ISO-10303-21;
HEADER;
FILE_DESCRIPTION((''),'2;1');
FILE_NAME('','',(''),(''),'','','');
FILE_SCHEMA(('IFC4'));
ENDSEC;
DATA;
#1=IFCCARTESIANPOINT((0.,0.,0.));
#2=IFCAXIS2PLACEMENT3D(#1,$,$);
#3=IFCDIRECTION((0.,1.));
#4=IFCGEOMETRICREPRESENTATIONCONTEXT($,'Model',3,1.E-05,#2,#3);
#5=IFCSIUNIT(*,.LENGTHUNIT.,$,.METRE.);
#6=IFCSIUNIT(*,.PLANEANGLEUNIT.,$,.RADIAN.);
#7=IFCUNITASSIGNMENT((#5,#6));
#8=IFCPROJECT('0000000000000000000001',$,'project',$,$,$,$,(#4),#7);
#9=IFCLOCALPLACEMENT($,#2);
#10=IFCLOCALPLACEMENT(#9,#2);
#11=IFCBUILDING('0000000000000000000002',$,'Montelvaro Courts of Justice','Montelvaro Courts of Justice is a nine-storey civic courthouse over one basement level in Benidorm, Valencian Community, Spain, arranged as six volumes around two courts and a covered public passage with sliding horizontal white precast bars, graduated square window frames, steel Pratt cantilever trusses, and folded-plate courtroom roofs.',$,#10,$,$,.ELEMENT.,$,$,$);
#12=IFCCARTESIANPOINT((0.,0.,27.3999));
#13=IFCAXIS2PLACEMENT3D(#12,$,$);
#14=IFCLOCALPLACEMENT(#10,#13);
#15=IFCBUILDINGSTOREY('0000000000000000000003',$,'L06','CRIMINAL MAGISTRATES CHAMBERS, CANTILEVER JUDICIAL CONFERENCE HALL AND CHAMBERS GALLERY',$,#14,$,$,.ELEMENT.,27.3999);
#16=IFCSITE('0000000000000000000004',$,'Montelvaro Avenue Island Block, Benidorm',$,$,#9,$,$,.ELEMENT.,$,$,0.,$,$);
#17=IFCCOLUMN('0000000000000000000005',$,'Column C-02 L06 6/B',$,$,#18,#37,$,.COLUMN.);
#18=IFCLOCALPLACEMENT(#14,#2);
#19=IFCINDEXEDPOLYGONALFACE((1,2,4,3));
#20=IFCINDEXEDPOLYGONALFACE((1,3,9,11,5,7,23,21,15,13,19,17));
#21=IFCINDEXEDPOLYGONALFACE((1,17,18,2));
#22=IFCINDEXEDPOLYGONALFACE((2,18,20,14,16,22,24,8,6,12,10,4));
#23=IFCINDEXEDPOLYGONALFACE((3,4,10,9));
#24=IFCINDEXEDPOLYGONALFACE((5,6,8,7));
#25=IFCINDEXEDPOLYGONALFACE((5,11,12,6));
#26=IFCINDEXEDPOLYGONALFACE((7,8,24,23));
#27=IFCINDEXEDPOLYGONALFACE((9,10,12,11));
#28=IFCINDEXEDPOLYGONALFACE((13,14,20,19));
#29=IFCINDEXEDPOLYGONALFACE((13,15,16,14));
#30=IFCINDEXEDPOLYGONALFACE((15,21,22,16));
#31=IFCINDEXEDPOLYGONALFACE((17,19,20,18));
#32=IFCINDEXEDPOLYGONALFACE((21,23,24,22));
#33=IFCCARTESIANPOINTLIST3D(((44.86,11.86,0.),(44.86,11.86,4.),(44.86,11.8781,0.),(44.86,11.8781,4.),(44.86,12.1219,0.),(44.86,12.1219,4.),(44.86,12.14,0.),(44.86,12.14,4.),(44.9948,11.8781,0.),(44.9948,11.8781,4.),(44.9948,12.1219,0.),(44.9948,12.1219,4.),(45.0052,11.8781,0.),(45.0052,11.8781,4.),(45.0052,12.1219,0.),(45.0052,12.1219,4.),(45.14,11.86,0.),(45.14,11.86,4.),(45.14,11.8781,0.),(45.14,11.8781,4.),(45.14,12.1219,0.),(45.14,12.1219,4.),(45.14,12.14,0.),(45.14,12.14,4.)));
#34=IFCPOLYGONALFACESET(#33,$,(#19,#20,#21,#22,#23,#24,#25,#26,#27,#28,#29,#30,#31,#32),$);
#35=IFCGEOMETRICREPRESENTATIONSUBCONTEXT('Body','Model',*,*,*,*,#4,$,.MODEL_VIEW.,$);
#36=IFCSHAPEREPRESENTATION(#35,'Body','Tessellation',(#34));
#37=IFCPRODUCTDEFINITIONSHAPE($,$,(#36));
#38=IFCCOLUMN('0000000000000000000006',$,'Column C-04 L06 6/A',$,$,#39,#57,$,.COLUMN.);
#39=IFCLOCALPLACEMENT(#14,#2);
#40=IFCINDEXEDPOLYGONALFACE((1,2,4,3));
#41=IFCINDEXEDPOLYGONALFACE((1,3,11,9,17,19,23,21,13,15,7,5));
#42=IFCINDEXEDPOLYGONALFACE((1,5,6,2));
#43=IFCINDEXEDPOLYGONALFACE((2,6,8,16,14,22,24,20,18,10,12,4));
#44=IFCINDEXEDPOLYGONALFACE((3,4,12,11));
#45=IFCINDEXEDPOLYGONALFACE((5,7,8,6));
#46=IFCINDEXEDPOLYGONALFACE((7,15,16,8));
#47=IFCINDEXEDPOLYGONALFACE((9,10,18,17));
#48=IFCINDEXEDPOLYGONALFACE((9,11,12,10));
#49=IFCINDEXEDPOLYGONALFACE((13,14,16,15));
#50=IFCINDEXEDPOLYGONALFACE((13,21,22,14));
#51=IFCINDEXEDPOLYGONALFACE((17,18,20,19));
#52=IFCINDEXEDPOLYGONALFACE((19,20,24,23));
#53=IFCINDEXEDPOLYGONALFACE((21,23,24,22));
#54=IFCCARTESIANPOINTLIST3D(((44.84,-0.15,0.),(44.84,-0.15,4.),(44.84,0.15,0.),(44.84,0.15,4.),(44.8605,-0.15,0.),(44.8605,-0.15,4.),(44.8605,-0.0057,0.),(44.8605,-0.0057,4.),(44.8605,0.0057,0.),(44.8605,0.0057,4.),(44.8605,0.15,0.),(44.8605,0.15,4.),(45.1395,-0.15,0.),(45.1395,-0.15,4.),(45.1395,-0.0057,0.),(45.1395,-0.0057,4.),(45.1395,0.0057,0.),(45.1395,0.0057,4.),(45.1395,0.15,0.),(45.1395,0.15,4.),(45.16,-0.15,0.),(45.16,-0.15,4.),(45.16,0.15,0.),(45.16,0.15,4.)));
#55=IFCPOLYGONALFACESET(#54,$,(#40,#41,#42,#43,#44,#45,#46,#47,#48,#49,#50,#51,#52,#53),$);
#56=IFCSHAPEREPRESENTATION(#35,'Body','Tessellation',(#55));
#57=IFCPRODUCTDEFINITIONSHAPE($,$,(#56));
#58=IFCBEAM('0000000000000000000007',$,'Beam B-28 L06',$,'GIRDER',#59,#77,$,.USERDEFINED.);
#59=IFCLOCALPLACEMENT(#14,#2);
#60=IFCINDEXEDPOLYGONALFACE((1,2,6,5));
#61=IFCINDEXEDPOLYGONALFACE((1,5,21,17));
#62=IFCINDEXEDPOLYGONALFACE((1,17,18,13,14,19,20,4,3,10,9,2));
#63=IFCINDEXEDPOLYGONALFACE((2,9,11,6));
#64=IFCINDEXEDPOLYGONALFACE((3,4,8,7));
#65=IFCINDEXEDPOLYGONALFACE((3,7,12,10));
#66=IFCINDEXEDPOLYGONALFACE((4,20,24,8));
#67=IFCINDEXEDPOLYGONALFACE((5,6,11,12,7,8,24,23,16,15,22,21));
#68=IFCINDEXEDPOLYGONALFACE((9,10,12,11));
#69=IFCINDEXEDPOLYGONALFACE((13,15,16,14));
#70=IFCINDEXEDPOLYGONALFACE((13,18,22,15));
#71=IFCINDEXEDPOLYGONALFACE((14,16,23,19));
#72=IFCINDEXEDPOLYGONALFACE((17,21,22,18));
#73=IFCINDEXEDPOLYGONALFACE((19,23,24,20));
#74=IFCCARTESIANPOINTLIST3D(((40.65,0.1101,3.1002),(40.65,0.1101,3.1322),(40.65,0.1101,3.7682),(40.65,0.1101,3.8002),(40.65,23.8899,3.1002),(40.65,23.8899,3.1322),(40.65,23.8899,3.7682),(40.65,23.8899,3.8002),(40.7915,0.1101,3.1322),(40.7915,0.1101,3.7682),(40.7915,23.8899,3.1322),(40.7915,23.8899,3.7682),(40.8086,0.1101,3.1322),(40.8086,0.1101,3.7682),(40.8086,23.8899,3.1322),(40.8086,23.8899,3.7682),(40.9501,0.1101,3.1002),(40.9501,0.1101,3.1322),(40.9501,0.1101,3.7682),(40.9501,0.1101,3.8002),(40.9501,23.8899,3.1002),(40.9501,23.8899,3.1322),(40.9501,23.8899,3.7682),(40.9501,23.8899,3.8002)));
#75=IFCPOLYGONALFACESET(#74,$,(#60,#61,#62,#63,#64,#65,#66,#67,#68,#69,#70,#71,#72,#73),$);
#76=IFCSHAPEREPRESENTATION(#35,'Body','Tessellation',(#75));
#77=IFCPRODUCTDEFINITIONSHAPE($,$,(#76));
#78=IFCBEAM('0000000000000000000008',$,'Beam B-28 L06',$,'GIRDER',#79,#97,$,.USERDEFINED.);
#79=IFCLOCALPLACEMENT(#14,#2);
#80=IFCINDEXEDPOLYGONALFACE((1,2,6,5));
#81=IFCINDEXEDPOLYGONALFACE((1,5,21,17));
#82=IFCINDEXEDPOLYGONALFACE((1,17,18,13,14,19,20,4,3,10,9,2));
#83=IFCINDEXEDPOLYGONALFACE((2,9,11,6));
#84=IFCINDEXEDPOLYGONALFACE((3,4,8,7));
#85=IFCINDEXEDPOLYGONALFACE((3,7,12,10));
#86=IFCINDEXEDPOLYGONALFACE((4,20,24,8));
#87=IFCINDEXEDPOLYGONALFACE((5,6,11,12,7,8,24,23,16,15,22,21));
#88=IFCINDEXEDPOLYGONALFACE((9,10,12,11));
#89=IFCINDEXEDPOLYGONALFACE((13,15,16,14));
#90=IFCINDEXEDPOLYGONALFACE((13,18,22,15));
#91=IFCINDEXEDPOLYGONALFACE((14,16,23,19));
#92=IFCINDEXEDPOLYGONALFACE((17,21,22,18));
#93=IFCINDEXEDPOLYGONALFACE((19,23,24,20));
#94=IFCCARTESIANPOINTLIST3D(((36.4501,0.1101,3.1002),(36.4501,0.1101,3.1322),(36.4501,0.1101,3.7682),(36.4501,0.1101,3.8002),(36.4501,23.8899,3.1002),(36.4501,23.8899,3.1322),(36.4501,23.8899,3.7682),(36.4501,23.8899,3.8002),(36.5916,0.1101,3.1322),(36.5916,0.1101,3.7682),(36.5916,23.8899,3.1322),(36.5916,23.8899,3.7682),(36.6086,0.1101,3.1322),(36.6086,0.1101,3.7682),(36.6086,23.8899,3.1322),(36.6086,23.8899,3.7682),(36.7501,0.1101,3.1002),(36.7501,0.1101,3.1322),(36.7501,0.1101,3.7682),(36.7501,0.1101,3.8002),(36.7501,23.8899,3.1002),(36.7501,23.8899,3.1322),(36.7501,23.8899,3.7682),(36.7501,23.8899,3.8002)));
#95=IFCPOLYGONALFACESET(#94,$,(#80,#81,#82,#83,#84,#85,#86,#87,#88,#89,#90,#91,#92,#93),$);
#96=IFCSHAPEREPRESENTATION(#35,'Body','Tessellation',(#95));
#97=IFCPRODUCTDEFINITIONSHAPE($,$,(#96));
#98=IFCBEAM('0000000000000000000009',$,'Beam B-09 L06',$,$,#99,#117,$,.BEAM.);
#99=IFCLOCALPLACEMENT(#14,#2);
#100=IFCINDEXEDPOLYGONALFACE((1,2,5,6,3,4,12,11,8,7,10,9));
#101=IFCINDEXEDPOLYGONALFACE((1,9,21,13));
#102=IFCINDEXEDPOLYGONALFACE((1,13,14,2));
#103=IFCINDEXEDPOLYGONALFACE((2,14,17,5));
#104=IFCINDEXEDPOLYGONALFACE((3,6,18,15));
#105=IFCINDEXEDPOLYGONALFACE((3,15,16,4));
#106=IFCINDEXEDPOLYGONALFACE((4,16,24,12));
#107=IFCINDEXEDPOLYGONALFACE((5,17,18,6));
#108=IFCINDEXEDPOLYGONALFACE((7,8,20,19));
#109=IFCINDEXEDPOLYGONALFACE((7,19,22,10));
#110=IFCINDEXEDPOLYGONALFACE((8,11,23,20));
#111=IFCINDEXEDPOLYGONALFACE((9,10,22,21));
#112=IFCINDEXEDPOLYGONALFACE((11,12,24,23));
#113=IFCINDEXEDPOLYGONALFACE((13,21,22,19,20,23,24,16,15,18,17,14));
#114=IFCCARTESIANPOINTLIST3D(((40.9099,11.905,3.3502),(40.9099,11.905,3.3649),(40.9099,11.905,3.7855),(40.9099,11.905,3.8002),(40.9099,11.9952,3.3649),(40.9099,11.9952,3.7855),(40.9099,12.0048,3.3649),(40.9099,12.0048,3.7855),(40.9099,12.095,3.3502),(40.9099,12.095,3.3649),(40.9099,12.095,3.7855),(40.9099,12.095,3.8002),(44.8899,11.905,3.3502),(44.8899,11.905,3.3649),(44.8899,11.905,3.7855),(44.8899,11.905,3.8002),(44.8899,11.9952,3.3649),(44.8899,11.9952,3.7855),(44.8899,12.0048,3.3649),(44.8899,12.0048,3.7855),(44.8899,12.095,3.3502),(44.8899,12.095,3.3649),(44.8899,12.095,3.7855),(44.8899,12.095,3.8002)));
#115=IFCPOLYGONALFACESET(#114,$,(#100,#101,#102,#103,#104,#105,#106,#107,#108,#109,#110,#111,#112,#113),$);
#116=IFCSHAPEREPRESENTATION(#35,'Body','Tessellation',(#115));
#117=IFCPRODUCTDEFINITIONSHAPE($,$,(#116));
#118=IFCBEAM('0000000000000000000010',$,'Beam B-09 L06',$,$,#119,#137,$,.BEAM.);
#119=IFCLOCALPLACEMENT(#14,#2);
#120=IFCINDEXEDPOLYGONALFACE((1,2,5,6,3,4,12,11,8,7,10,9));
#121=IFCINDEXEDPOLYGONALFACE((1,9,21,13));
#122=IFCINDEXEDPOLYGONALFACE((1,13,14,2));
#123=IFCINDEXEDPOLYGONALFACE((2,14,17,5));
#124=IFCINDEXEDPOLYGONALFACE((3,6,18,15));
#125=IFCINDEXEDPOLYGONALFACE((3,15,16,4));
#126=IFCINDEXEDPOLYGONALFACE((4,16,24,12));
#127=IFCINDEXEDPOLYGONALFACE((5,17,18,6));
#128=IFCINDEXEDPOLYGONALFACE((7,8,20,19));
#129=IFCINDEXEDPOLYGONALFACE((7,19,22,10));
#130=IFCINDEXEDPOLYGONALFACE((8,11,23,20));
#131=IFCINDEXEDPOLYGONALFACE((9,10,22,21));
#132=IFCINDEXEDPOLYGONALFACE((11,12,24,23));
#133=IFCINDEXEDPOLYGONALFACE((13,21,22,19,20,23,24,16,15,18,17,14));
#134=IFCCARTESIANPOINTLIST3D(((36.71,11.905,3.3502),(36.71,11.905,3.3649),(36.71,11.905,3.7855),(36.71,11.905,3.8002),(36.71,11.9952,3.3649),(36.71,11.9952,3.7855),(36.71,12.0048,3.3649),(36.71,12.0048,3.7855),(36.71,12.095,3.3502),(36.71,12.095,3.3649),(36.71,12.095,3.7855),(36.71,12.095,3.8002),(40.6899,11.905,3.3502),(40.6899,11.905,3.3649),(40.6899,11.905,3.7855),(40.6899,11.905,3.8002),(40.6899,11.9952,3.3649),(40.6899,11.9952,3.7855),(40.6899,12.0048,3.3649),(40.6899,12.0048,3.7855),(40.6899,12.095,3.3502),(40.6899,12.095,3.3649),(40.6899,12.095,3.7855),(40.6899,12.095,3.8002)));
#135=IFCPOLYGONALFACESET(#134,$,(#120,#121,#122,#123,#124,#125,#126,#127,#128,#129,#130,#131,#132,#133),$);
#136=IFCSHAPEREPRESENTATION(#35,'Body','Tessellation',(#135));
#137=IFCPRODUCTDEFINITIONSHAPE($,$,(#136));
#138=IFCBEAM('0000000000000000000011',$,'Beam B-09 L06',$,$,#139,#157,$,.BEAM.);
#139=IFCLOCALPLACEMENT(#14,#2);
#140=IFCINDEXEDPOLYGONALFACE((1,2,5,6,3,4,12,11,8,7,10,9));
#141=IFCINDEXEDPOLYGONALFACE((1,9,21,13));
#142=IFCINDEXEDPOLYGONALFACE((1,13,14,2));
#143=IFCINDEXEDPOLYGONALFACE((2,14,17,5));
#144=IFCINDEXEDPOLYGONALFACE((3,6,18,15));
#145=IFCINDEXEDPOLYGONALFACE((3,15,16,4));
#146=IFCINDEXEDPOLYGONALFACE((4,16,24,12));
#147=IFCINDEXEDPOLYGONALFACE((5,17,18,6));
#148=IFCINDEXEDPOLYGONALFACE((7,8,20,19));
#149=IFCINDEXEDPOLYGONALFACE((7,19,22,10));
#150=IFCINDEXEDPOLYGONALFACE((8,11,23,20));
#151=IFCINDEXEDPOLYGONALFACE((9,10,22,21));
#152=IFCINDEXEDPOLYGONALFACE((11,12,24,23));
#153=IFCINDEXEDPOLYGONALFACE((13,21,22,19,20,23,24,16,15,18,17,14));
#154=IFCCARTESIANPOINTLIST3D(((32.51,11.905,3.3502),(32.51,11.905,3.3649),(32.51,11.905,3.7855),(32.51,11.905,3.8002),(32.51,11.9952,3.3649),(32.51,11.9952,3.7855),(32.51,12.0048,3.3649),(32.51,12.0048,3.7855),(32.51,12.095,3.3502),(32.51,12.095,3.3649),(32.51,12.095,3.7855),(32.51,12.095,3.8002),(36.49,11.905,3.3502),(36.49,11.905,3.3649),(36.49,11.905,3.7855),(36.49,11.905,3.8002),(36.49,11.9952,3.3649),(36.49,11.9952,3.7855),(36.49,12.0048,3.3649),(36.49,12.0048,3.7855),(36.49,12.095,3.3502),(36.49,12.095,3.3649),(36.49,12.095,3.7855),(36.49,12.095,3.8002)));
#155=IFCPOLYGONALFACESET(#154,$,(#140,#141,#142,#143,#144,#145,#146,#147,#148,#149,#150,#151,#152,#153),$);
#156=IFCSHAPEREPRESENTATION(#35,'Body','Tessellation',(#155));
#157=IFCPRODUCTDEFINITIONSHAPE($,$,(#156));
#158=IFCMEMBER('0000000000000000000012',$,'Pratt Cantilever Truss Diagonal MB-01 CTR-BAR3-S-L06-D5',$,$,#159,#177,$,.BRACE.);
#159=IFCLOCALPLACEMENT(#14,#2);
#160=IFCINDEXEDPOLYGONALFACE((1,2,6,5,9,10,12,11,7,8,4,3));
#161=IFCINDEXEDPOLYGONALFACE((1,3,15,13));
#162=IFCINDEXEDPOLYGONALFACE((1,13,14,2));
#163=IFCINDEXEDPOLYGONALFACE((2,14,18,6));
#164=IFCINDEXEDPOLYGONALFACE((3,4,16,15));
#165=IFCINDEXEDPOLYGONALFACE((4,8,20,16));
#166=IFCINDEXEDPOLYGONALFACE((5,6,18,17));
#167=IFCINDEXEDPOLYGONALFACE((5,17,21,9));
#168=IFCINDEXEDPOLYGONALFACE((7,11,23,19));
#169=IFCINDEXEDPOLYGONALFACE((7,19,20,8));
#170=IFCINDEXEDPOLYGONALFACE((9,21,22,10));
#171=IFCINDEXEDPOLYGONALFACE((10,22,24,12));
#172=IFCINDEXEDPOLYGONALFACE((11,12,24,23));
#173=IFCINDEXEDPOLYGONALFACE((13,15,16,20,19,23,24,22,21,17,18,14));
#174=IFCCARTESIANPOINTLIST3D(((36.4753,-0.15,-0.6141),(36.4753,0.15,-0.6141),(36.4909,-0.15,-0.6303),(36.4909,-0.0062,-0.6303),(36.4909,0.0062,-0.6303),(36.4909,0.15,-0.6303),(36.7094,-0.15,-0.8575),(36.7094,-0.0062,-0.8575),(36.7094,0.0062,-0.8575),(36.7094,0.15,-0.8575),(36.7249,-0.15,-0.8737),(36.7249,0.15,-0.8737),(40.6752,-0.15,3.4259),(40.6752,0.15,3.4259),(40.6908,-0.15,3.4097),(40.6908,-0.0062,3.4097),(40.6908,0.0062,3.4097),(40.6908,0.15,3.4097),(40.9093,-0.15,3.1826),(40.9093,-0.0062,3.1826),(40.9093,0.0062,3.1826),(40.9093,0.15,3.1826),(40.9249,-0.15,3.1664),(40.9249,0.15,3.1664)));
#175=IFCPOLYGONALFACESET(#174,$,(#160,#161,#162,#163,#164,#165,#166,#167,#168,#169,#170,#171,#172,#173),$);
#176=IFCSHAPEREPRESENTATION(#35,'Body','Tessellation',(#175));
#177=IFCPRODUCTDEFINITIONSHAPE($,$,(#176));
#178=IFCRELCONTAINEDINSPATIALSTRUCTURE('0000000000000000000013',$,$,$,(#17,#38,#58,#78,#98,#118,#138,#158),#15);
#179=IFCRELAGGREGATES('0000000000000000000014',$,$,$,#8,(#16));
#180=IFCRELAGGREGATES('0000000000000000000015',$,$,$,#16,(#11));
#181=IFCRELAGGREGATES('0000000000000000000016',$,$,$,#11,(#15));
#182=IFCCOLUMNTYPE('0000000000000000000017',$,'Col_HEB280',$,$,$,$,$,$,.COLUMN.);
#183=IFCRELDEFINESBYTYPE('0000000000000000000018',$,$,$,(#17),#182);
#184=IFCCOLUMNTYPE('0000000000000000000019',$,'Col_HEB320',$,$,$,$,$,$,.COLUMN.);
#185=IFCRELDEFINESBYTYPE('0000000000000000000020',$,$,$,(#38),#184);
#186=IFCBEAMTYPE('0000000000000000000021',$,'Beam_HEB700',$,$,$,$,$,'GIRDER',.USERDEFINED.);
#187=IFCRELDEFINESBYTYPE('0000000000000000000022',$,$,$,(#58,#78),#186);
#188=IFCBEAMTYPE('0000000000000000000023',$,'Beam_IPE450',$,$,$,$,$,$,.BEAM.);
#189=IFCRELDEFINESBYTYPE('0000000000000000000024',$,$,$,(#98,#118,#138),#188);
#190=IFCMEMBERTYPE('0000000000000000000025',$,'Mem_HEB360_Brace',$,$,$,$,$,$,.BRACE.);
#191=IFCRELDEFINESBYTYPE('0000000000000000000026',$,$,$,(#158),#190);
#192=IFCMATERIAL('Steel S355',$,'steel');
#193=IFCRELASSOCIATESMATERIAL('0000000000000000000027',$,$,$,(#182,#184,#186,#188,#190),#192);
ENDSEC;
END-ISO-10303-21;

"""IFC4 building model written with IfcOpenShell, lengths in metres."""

from ifc_helpers import new_model, si_unit, direction, frame, origin, origin_2d, place, context, subcontext, project, spatial, i_section, extrude, material, material_profile, profile_set, type_object, element, save


model = new_model("IFC4")

# Units and contexts
model_context = context("Model", 3, precision=1e-05, world=origin(), true_north=direction((0.0, 1.0)))
body_context = subcontext(model_context, "Body", "Model", "MODEL_VIEW")
ifc_project = project(units=[si_unit("LENGTHUNIT", "METRE"), si_unit("PLANEANGLEUNIT", "RADIAN")], contexts=[model_context])

# Site, building, storey
site_placement = place(None, origin())
site = spatial("IfcSite", under=ifc_project, at=site_placement, Name="Montelvaro Avenue Island Block, Benidorm", CompositionType="ELEMENT", RefElevation=0.0)
building_placement = place(site_placement, origin())
building = spatial("IfcBuilding", under=site, at=building_placement, Name="Montelvaro Courts of Justice", Description="Montelvaro Courts of Justice is a nine-storey civic courthouse over one basement level in Benidorm, Valencian Community, Spain, arranged as six volumes around two courts and a covered public passage with sliding horizontal white precast bars, graduated square window frames, steel Pratt cantilever trusses, and folded-plate courtroom roofs.", CompositionType="ELEMENT")
storey_placement = place(building_placement, frame((0.0, 0.0, 27.3999)))
storey = spatial("IfcBuildingStorey", under=building, at=storey_placement, Name="L06", Description="CRIMINAL MAGISTRATES CHAMBERS, CANTILEVER JUDICIAL CONFERENCE HALL AND CHAMBERS GALLERY", CompositionType="ELEMENT", Elevation=27.3999)

# Columns
ifc_material_1 = material(Name="Steel S355", Category="steel")
ifc_material_profile_1 = material_profile(ifc_material_1, i_section(OverallWidth=0.28, OverallDepth=0.28, WebThickness=0.0105, FlangeThickness=0.0181, at=origin_2d()), Name="HEB 280")
ifc_profile_set_1 = profile_set([ifc_material_profile_1], Name="Steel S355")
column_type_1 = type_object("IfcColumnType", Name="Col_HEB280", PredefinedType="COLUMN", material=ifc_profile_set_1)
column_1_placement = place(storey_placement, frame((45.0, 12.0, 0.0), z_axis=(0.0, 0.0, 1.0), x_axis=(1.0, 0.0, 0.0)))
element("IfcColumn", 1, at=column_1_placement, inside=storey, type_object=column_type_1, Name="Column C-02 L06 6/B", PredefinedType="COLUMN", context=body_context, shape_type="SweptSolid", body=[
    extrude(i_section(OverallWidth=0.28, OverallDepth=0.28, WebThickness=0.0105, FlangeThickness=0.0181, at=origin_2d()), origin(), (0.0, 0.0, 1.0), 4.0),
])
ifc_material_profile_2 = material_profile(ifc_material_1, i_section(OverallWidth=0.3, OverallDepth=0.3201, WebThickness=0.0115, FlangeThickness=0.0205, at=origin_2d()), Name="HEB 320")
ifc_profile_set_2 = profile_set([ifc_material_profile_2], Name="Steel S355")
column_type_2 = type_object("IfcColumnType", Name="Col_HEB320", PredefinedType="COLUMN", material=ifc_profile_set_2)
column_2_placement = place(storey_placement, frame((45.0, 0.0, 0.0), z_axis=(0.0, 0.0, 1.0), x_axis=(0.0, 1.0, 0.0)))
element("IfcColumn", 2, at=column_2_placement, inside=storey, type_object=column_type_2, Name="Column C-04 L06 6/A", PredefinedType="COLUMN", context=body_context, shape_type="SweptSolid", body=[
    extrude(i_section(OverallWidth=0.3, OverallDepth=0.3201, WebThickness=0.0115, FlangeThickness=0.0205, at=origin_2d()), origin(), (0.0, 0.0, 1.0), 4.0),
])

# Beams
ifc_material_profile_3 = material_profile(ifc_material_1, i_section(OverallWidth=0.3, OverallDepth=0.7, WebThickness=0.0171, FlangeThickness=0.032, at=origin_2d()), Name="HEB 700")
ifc_profile_set_3 = profile_set([ifc_material_profile_3], Name="Steel S355")
beam_type_1 = type_object("IfcBeamType", Name="Beam_HEB700", ElementType="GIRDER", PredefinedType="USERDEFINED", material=ifc_profile_set_3)
for number, where, z_axis, x_axis, name in (
    (3, (40.8, 0.1101, 3.4502), (0.0, 1.0, 0.0), (-1.0, 0.0, 0.0), "Beam B-28 L06"),
    (4, (36.6001, 0.1101, 3.4502), (0.0, 1.0, 0.0), (-1.0, 0.0, 0.0), "Beam B-28 L06"),
):
    element("IfcBeam", number, at=place(storey_placement, frame(where, z_axis=z_axis, x_axis=x_axis)), inside=storey, type_object=beam_type_1, Name=name, ObjectType="GIRDER", PredefinedType="USERDEFINED", context=body_context, shape_type="SweptSolid", body=[
        extrude(i_section(OverallWidth=0.3, OverallDepth=0.7, WebThickness=0.0171, FlangeThickness=0.032, at=origin_2d()), origin(), (0.0, 0.0, 1.0), 23.7798),
    ])
ifc_material_profile_4 = material_profile(ifc_material_1, i_section(OverallWidth=0.1899, OverallDepth=0.45, WebThickness=0.0095, FlangeThickness=0.0146, at=origin_2d()), Name="IPE 450")
ifc_profile_set_4 = profile_set([ifc_material_profile_4], Name="Steel S355")
beam_type_2 = type_object("IfcBeamType", Name="Beam_IPE450", PredefinedType="BEAM", material=ifc_profile_set_4)
for number, where, z_axis, x_axis, name in (
    (5, (40.9099, 12.0, 3.5752), (1.0, 0.0, 0.0), (0.0, 1.0, 0.0), "Beam B-09 L06"),
    (6, (36.71, 12.0, 3.5752), (1.0, 0.0, 0.0), (0.0, 1.0, 0.0), "Beam B-09 L06"),
    (7, (32.51, 12.0, 3.5752), (1.0, 0.0, 0.0), (0.0, 1.0, 0.0), "Beam B-09 L06"),
):
    element("IfcBeam", number, at=place(storey_placement, frame(where, z_axis=z_axis, x_axis=x_axis)), inside=storey, type_object=beam_type_2, Name=name, PredefinedType="BEAM", context=body_context, shape_type="SweptSolid", body=[
        extrude(i_section(OverallWidth=0.1899, OverallDepth=0.45, WebThickness=0.0095, FlangeThickness=0.0146, at=origin_2d()), origin(), (0.0, 0.0, 1.0), 3.98),
    ])

# Member
ifc_material_profile_5 = material_profile(ifc_material_1, i_section(OverallWidth=0.3, OverallDepth=0.3601, WebThickness=0.0125, FlangeThickness=0.0225, at=origin_2d()), Name="HEB 360")
ifc_profile_set_5 = profile_set([ifc_material_profile_5], Name="Steel S355")
member_type_1 = type_object("IfcMemberType", Name="Mem_HEB360_Brace", PredefinedType="BRACE", material=ifc_profile_set_5)
member_1_placement = place(storey_placement, frame((40.8, 0.0, 3.2961), z_axis=(-0.720694, 0.0, -0.693254), x_axis=(0.0, -1.0, 0.0)))
element("IfcMember", 8, at=member_1_placement, inside=storey, type_object=member_type_1, Name="Pratt Cantilever Truss Diagonal MB-01 CTR-BAR3-S-L06-D5", PredefinedType="BRACE", context=body_context, shape_type="SweptSolid", body=[
    extrude(i_section(OverallWidth=0.3, OverallDepth=0.3601, WebThickness=0.0125, FlangeThickness=0.0225, at=origin_2d()), origin(), (0.0, 0.0, 1.0), 5.8276),
])

save(model, "model.ifc")
